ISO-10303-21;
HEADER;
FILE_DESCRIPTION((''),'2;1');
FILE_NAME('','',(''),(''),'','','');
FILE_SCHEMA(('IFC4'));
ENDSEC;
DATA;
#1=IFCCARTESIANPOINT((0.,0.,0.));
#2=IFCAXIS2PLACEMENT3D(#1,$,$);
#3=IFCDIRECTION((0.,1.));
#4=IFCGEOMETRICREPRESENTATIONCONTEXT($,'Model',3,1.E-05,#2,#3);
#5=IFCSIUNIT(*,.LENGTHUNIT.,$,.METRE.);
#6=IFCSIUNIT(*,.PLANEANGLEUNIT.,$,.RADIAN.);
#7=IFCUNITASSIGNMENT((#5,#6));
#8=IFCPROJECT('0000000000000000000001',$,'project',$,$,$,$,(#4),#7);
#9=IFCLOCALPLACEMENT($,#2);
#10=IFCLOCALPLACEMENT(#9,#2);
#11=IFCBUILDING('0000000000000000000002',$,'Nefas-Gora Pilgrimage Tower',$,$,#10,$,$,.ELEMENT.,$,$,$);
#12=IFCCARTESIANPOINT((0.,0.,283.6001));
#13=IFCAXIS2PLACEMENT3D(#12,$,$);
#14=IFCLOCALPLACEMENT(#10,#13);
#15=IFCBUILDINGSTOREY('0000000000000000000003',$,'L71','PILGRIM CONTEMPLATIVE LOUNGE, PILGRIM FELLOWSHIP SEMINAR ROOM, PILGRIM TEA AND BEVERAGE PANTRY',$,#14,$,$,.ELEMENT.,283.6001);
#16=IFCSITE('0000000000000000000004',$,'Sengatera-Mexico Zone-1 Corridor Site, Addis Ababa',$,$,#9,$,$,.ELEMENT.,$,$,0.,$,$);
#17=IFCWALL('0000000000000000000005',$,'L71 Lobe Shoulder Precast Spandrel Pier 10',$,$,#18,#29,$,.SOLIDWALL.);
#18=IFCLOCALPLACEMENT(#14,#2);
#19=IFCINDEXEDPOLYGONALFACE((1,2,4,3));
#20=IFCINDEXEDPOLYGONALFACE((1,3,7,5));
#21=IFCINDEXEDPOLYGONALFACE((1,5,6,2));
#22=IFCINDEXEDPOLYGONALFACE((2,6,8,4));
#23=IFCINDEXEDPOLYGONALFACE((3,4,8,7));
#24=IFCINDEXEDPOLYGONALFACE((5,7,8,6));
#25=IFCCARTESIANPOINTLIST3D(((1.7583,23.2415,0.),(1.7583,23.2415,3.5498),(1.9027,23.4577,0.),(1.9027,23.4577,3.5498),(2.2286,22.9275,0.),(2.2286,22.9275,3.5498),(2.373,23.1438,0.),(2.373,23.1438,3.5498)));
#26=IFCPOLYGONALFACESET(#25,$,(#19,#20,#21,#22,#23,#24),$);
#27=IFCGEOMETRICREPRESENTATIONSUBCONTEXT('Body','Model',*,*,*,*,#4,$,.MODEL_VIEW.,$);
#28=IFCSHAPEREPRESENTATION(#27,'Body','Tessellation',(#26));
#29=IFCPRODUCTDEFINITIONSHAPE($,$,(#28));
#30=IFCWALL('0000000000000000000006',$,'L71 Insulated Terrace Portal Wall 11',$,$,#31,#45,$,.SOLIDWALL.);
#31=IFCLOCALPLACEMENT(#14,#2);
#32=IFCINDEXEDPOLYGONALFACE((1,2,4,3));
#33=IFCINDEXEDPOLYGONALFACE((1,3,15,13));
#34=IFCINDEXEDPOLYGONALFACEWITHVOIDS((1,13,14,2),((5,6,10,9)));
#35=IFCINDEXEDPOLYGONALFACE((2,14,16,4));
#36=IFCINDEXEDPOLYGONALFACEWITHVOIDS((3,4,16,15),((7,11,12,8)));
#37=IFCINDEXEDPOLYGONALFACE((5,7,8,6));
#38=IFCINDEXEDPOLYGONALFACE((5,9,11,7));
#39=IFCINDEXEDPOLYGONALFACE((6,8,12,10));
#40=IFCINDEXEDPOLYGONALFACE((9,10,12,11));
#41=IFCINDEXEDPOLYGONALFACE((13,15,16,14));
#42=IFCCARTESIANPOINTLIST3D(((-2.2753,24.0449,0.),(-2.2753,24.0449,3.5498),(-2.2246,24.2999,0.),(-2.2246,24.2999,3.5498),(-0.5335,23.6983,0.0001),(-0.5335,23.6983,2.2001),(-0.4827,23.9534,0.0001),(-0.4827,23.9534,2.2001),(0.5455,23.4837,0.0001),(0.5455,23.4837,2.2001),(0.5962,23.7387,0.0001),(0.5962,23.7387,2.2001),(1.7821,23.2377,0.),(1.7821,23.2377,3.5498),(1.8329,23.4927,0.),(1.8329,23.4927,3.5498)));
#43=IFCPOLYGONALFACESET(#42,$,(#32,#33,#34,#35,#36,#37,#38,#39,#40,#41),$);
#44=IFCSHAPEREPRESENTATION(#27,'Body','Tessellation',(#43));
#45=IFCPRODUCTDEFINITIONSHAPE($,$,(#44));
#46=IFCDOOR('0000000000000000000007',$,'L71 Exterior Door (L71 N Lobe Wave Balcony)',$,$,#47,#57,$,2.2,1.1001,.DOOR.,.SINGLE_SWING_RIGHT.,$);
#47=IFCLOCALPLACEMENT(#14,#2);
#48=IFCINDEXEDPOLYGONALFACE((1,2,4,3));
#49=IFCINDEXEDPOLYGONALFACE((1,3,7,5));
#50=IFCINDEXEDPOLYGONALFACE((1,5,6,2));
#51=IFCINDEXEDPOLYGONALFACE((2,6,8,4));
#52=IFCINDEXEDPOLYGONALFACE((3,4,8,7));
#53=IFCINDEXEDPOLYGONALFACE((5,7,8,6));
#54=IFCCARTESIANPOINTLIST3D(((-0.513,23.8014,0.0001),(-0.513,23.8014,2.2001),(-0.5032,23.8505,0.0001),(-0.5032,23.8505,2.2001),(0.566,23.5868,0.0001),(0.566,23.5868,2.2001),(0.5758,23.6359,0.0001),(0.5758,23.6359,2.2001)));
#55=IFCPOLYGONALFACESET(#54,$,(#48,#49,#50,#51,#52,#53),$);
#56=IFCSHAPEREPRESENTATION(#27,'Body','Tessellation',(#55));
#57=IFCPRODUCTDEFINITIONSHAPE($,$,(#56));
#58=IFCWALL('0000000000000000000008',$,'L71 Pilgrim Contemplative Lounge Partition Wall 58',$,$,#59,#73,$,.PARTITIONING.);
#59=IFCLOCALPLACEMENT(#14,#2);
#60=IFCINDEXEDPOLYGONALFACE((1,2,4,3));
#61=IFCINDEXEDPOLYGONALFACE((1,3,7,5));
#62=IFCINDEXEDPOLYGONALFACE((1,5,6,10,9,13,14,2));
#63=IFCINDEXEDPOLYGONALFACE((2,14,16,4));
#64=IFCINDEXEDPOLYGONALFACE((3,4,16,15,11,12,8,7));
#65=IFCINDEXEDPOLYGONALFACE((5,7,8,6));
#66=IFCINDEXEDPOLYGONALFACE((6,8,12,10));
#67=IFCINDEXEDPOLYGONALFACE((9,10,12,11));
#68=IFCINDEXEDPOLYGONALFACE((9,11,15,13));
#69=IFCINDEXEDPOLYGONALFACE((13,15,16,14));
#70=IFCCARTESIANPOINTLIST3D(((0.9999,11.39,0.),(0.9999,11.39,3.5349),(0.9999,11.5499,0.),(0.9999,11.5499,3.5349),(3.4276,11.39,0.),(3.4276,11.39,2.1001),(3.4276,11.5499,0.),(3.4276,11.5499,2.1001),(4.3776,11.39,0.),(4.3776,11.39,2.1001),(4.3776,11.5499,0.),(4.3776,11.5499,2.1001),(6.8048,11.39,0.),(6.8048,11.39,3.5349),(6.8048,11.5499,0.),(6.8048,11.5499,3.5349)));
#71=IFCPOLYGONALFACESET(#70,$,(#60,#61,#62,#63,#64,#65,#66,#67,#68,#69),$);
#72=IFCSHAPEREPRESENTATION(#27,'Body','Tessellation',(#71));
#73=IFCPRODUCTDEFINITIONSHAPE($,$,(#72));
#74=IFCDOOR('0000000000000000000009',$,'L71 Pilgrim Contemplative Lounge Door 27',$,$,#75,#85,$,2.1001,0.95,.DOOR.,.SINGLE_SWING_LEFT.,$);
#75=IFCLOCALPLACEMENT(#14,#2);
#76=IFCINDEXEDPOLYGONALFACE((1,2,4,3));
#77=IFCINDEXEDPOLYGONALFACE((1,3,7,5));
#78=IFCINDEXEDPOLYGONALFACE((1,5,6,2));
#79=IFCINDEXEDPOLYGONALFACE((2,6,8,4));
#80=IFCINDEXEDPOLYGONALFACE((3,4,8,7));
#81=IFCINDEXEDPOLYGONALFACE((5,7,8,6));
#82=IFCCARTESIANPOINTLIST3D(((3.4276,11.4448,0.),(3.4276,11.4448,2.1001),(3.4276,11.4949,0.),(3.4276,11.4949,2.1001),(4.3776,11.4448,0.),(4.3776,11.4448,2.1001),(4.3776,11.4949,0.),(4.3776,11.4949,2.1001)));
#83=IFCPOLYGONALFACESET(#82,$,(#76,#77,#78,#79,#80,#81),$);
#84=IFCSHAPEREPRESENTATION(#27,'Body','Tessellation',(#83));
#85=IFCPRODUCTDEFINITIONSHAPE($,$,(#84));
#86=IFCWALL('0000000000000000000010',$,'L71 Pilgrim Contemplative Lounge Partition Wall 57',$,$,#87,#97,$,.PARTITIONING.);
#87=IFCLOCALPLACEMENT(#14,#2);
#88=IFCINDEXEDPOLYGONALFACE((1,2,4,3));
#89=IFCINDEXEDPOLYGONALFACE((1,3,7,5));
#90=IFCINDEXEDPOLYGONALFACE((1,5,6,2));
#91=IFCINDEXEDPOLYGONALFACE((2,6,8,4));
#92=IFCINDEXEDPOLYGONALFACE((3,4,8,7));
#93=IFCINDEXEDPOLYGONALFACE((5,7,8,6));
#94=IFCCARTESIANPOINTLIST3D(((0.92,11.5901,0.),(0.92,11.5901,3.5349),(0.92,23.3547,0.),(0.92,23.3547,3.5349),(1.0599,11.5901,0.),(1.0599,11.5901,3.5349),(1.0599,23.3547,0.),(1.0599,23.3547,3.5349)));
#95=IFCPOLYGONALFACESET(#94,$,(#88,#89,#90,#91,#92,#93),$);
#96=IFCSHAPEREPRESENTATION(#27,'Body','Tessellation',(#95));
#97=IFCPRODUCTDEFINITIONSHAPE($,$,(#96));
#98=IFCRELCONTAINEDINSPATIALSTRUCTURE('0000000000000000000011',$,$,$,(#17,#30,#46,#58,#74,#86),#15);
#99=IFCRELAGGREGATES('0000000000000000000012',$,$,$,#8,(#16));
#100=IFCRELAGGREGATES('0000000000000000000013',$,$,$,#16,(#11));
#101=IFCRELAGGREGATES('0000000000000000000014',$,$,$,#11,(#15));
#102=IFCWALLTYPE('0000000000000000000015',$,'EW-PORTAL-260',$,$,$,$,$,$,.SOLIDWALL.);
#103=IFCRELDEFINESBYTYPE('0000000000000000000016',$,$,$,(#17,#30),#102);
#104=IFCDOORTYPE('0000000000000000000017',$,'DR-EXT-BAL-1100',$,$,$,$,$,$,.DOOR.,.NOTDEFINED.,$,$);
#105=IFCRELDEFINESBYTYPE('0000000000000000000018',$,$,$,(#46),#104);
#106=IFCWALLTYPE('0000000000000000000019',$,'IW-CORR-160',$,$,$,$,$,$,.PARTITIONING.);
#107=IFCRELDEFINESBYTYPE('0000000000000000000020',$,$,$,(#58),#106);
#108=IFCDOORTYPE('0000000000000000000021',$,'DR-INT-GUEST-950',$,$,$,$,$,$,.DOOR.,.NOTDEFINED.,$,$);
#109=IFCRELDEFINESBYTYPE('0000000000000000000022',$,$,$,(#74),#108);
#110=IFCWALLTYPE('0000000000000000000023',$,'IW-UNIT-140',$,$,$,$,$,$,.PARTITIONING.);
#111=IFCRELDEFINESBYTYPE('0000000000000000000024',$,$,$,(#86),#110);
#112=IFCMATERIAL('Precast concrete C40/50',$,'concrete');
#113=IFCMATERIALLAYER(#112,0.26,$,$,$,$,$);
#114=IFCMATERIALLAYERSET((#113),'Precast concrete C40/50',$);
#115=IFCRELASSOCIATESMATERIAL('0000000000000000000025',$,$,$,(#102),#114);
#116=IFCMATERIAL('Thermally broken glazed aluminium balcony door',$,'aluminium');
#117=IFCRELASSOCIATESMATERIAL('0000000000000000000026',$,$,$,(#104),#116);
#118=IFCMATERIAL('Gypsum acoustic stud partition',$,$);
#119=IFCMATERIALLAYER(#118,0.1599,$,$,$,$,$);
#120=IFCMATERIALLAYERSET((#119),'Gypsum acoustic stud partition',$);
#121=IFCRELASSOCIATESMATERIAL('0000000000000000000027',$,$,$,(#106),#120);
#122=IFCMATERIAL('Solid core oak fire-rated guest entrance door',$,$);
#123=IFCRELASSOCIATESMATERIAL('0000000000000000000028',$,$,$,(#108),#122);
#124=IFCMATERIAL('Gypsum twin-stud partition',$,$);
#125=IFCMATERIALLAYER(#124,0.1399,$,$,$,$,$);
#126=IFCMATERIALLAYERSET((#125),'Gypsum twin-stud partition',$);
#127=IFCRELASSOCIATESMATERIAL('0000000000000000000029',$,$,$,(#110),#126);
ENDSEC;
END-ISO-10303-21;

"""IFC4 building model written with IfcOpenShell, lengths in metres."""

from ifc_helpers import new_model, si_unit, direction, frame, frame_2d, origin, place, context, subcontext, project, spatial, rectangle, extrude, source, transform, mapped, material, layer, layer_set, type_object, element, fill, save


model = new_model("IFC4")

# Units and contexts
model_context = context("Model", 3, precision=1e-05, world=origin(), true_north=direction((0.0, 1.0)))
body_context = subcontext(model_context, "Body", "Model", "MODEL_VIEW")
ifc_project = project(units=[si_unit("LENGTHUNIT", "METRE"), si_unit("PLANEANGLEUNIT", "RADIAN")], contexts=[model_context])

# Site, building, storey
site_placement = place(None, origin())
site = spatial("IfcSite", under=ifc_project, at=site_placement, Name="Sengatera-Mexico Zone-1 Corridor Site, Addis Ababa", CompositionType="ELEMENT", RefElevation=0.0)
building_placement = place(site_placement, origin())
building = spatial("IfcBuilding", under=site, at=building_placement, Name="Nefas-Gora Pilgrimage Tower", CompositionType="ELEMENT")
storey_placement = place(building_placement, frame((0.0, 0.0, 283.6001)))
storey = spatial("IfcBuildingStorey", under=building, at=storey_placement, Name="L71", Description="PILGRIM CONTEMPLATIVE LOUNGE, PILGRIM FELLOWSHIP SEMINAR ROOM, PILGRIM TEA AND BEVERAGE PANTRY", CompositionType="ELEMENT", Elevation=283.6001)

# Wall
ifc_material_1 = material(Name="Precast concrete C40/50", Category="concrete")
ifc_layer_1 = layer(ifc_material_1, 0.26)
ifc_layer_set_1 = layer_set([ifc_layer_1], Name="Precast concrete C40/50")
wall_type_1 = type_object("IfcWallType", Name="EW-PORTAL-260", PredefinedType="SOLIDWALL", material=ifc_layer_set_1)
shared_shape_1 = source(origin(), body_context, "Body", "SweptSolid", [
    extrude(rectangle(XDim=0.5654, YDim=0.26, at=frame_2d((0.2827, 0.0))), origin(), (0.0, 0.0, 1.0), 3.5498),
])
wall_1_placement = place(storey_placement, frame((2.3008, 23.0356, 0.0), z_axis=(0.0, 0.0, 1.0), x_axis=(-0.831651, 0.555298, 0.0)))
element("IfcWall", 1, at=wall_1_placement, inside=storey, type_object=wall_type_1, Name="L71 Lobe Shoulder Precast Spandrel Pier 10", PredefinedType="SOLIDWALL", context=body_context, shape_type="MappedRepresentation", body=[
    mapped(shared_shape_1, transform((0.0, 0.0, 0.0), x_axis=(1.0, 0.0, 0.0), y_axis=(0.0, 1.0, 0.0), z_axis=(0.0, 0.0, 1.0), scale=1.0)),
])

# Walls, openings, doors
shared_shape_2 = source(origin(), body_context, "Body", "SweptSolid", [
    extrude(rectangle(XDim=4.137, YDim=0.26, at=frame_2d((2.0684, 0.0))), origin(), (0.0, 0.0, 1.0), 3.5498),
])
wall_2_placement = place(storey_placement, frame((1.8074, 23.3652, 0.0), z_axis=(0.0, 0.0, 1.0), x_axis=(-0.980782, 0.195106, 0.0)))
wall_2 = element("IfcWall", 2, at=wall_2_placement, inside=storey, type_object=wall_type_1, Name="L71 Insulated Terrace Portal Wall 11", PredefinedType="SOLIDWALL", context=body_context, shape_type="MappedRepresentation", body=[
    mapped(shared_shape_2, transform((0.0, 0.0, 0.0), x_axis=(1.0, 0.0, 0.0), y_axis=(0.0, 1.0, 0.0), z_axis=(0.0, 0.0, 1.0), scale=1.0)),
])
opening_1_placement = place(wall_2_placement, frame((1.2607, 0.0, 0.0)))
opening_1 = element("IfcOpeningElement", 3, at=opening_1_placement, cuts=wall_2, PredefinedType="OPENING", context=body_context, shape_type="SweptSolid", body=[
    extrude(rectangle(XDim=1.1001, YDim=2.2, at=frame_2d((0.55, 1.1001))), frame((0.0, 0.1399, 0.0), z_axis=(0.0, -1.0, 0.0), x_axis=(1.0, 0.0, 0.0)), (0.0, 0.0, 1.0), 0.28),
])
ifc_material_2 = material(Name="Thermally broken glazed aluminium balcony door", Category="aluminium")
door_type_1 = type_object("IfcDoorType", Name="DR-EXT-BAL-1100", OperationType="NOTDEFINED", PredefinedType="DOOR", material=ifc_material_2)
shared_shape_3 = source(origin(), body_context, "Body", "SweptSolid", [
    extrude(rectangle(XDim=1.1001, YDim=2.2, at=frame_2d((0.55, 1.1001))), frame((0.0, 0.0249, 0.0), z_axis=(0.0, -1.0, 0.0), x_axis=(1.0, 0.0, 0.0)), (0.0, 0.0, 1.0), 0.05),
])
door_1_placement = place(opening_1_placement, origin())
door_1 = element("IfcDoor", 4, at=door_1_placement, inside=storey, type_object=door_type_1, Name="L71 Exterior Door (L71 N Lobe Wave Balcony)", OperationType="SINGLE_SWING_RIGHT", OverallHeight=2.2, OverallWidth=1.1001, PredefinedType="DOOR", context=body_context, shape_type="MappedRepresentation", body=[
    mapped(shared_shape_3, transform((0.0, 0.0, 0.0), x_axis=(1.0, 0.0, 0.0), y_axis=(0.0, 1.0, 0.0), z_axis=(0.0, 0.0, 1.0), scale=1.0)),
])
fill(opening_1, door_1)
ifc_material_3 = material(Name="Gypsum acoustic stud partition")
ifc_layer_2 = layer(ifc_material_3, 0.1599)
ifc_layer_set_2 = layer_set([ifc_layer_2], Name="Gypsum acoustic stud partition")
wall_type_2 = type_object("IfcWallType", Name="IW-CORR-160", PredefinedType="PARTITIONING", material=ifc_layer_set_2)
shared_shape_4 = source(origin(), body_context, "Body", "SweptSolid", [
    extrude(rectangle(XDim=5.8049, YDim=0.1599, at=frame_2d((2.9023, 0.0))), origin(), (0.0, 0.0, 1.0), 3.5349),
])
wall_3_placement = place(storey_placement, frame((1.0, 11.47, 0.0), z_axis=(0.0, 0.0, 1.0), x_axis=(1.0, 0.0, 0.0)))
wall_3 = element("IfcWall", 5, at=wall_3_placement, inside=storey, type_object=wall_type_2, Name="L71 Pilgrim Contemplative Lounge Partition Wall 58", PredefinedType="PARTITIONING", context=body_context, shape_type="MappedRepresentation", body=[
    mapped(shared_shape_4, transform((0.0, 0.0, 0.0), x_axis=(1.0, 0.0, 0.0), y_axis=(0.0, 1.0, 0.0), z_axis=(0.0, 0.0, 1.0), scale=1.0)),
])
opening_2_placement = place(wall_3_placement, frame((2.4275, 0.0, 0.0)))
opening_2 = element("IfcOpeningElement", 6, at=opening_2_placement, cuts=wall_3, PredefinedType="OPENING", context=body_context, shape_type="SweptSolid", body=[
    extrude(rectangle(XDim=0.95, YDim=2.1001, at=frame_2d((0.4751, 1.05))), frame((0.0, 0.0898, 0.0), z_axis=(0.0, -1.0, 0.0), x_axis=(1.0, 0.0, 0.0)), (0.0, 0.0, 1.0), 0.1799),
])
ifc_material_4 = material(Name="Solid core oak fire-rated guest entrance door")
door_type_2 = type_object("IfcDoorType", Name="DR-INT-GUEST-950", OperationType="NOTDEFINED", PredefinedType="DOOR", material=ifc_material_4)
shared_shape_5 = source(origin(), body_context, "Body", "SweptSolid", [
    extrude(rectangle(XDim=0.95, YDim=2.1001, at=frame_2d((0.4751, 1.05))), frame((0.0, 0.0249, 0.0), z_axis=(0.0, -1.0, 0.0), x_axis=(1.0, 0.0, 0.0)), (0.0, 0.0, 1.0), 0.05),
])
door_2_placement = place(opening_2_placement, origin())
door_2 = element("IfcDoor", 7, at=door_2_placement, inside=storey, type_object=door_type_2, Name="L71 Pilgrim Contemplative Lounge Door 27", OperationType="SINGLE_SWING_LEFT", OverallHeight=2.1001, OverallWidth=0.95, PredefinedType="DOOR", context=body_context, shape_type="MappedRepresentation", body=[
    mapped(shared_shape_5, transform((0.0, 0.0, 0.0), x_axis=(1.0, 0.0, 0.0), y_axis=(0.0, 1.0, 0.0), z_axis=(0.0, 0.0, 1.0), scale=1.0)),
])
fill(opening_2, door_2)

# Wall
ifc_material_5 = material(Name="Gypsum twin-stud partition")
ifc_layer_3 = layer(ifc_material_5, 0.1399)
ifc_layer_set_3 = layer_set([ifc_layer_3], Name="Gypsum twin-stud partition")
wall_type_3 = type_object("IfcWallType", Name="IW-UNIT-140", PredefinedType="PARTITIONING", material=ifc_layer_set_3)
shared_shape_6 = source(origin(), body_context, "Body", "SweptSolid", [
    extrude(rectangle(XDim=11.7646, YDim=0.1399, at=frame_2d((5.8823, 0.0))), origin(), (0.0, 0.0, 1.0), 3.5349),
])
wall_4_placement = place(storey_placement, frame((0.99, 11.5901, 0.0), z_axis=(0.0, 0.0, 1.0), x_axis=(0.0, 1.0, 0.0)))
element("IfcWall", 8, at=wall_4_placement, inside=storey, type_object=wall_type_3, Name="L71 Pilgrim Contemplative Lounge Partition Wall 57", PredefinedType="PARTITIONING", context=body_context, shape_type="MappedRepresentation", body=[
    mapped(shared_shape_6, transform((0.0, 0.0, 0.0), x_axis=(1.0, 0.0, 0.0), y_axis=(0.0, 1.0, 0.0), z_axis=(0.0, 0.0, 1.0), scale=1.0)),
])

save(model, "model.ifc")
